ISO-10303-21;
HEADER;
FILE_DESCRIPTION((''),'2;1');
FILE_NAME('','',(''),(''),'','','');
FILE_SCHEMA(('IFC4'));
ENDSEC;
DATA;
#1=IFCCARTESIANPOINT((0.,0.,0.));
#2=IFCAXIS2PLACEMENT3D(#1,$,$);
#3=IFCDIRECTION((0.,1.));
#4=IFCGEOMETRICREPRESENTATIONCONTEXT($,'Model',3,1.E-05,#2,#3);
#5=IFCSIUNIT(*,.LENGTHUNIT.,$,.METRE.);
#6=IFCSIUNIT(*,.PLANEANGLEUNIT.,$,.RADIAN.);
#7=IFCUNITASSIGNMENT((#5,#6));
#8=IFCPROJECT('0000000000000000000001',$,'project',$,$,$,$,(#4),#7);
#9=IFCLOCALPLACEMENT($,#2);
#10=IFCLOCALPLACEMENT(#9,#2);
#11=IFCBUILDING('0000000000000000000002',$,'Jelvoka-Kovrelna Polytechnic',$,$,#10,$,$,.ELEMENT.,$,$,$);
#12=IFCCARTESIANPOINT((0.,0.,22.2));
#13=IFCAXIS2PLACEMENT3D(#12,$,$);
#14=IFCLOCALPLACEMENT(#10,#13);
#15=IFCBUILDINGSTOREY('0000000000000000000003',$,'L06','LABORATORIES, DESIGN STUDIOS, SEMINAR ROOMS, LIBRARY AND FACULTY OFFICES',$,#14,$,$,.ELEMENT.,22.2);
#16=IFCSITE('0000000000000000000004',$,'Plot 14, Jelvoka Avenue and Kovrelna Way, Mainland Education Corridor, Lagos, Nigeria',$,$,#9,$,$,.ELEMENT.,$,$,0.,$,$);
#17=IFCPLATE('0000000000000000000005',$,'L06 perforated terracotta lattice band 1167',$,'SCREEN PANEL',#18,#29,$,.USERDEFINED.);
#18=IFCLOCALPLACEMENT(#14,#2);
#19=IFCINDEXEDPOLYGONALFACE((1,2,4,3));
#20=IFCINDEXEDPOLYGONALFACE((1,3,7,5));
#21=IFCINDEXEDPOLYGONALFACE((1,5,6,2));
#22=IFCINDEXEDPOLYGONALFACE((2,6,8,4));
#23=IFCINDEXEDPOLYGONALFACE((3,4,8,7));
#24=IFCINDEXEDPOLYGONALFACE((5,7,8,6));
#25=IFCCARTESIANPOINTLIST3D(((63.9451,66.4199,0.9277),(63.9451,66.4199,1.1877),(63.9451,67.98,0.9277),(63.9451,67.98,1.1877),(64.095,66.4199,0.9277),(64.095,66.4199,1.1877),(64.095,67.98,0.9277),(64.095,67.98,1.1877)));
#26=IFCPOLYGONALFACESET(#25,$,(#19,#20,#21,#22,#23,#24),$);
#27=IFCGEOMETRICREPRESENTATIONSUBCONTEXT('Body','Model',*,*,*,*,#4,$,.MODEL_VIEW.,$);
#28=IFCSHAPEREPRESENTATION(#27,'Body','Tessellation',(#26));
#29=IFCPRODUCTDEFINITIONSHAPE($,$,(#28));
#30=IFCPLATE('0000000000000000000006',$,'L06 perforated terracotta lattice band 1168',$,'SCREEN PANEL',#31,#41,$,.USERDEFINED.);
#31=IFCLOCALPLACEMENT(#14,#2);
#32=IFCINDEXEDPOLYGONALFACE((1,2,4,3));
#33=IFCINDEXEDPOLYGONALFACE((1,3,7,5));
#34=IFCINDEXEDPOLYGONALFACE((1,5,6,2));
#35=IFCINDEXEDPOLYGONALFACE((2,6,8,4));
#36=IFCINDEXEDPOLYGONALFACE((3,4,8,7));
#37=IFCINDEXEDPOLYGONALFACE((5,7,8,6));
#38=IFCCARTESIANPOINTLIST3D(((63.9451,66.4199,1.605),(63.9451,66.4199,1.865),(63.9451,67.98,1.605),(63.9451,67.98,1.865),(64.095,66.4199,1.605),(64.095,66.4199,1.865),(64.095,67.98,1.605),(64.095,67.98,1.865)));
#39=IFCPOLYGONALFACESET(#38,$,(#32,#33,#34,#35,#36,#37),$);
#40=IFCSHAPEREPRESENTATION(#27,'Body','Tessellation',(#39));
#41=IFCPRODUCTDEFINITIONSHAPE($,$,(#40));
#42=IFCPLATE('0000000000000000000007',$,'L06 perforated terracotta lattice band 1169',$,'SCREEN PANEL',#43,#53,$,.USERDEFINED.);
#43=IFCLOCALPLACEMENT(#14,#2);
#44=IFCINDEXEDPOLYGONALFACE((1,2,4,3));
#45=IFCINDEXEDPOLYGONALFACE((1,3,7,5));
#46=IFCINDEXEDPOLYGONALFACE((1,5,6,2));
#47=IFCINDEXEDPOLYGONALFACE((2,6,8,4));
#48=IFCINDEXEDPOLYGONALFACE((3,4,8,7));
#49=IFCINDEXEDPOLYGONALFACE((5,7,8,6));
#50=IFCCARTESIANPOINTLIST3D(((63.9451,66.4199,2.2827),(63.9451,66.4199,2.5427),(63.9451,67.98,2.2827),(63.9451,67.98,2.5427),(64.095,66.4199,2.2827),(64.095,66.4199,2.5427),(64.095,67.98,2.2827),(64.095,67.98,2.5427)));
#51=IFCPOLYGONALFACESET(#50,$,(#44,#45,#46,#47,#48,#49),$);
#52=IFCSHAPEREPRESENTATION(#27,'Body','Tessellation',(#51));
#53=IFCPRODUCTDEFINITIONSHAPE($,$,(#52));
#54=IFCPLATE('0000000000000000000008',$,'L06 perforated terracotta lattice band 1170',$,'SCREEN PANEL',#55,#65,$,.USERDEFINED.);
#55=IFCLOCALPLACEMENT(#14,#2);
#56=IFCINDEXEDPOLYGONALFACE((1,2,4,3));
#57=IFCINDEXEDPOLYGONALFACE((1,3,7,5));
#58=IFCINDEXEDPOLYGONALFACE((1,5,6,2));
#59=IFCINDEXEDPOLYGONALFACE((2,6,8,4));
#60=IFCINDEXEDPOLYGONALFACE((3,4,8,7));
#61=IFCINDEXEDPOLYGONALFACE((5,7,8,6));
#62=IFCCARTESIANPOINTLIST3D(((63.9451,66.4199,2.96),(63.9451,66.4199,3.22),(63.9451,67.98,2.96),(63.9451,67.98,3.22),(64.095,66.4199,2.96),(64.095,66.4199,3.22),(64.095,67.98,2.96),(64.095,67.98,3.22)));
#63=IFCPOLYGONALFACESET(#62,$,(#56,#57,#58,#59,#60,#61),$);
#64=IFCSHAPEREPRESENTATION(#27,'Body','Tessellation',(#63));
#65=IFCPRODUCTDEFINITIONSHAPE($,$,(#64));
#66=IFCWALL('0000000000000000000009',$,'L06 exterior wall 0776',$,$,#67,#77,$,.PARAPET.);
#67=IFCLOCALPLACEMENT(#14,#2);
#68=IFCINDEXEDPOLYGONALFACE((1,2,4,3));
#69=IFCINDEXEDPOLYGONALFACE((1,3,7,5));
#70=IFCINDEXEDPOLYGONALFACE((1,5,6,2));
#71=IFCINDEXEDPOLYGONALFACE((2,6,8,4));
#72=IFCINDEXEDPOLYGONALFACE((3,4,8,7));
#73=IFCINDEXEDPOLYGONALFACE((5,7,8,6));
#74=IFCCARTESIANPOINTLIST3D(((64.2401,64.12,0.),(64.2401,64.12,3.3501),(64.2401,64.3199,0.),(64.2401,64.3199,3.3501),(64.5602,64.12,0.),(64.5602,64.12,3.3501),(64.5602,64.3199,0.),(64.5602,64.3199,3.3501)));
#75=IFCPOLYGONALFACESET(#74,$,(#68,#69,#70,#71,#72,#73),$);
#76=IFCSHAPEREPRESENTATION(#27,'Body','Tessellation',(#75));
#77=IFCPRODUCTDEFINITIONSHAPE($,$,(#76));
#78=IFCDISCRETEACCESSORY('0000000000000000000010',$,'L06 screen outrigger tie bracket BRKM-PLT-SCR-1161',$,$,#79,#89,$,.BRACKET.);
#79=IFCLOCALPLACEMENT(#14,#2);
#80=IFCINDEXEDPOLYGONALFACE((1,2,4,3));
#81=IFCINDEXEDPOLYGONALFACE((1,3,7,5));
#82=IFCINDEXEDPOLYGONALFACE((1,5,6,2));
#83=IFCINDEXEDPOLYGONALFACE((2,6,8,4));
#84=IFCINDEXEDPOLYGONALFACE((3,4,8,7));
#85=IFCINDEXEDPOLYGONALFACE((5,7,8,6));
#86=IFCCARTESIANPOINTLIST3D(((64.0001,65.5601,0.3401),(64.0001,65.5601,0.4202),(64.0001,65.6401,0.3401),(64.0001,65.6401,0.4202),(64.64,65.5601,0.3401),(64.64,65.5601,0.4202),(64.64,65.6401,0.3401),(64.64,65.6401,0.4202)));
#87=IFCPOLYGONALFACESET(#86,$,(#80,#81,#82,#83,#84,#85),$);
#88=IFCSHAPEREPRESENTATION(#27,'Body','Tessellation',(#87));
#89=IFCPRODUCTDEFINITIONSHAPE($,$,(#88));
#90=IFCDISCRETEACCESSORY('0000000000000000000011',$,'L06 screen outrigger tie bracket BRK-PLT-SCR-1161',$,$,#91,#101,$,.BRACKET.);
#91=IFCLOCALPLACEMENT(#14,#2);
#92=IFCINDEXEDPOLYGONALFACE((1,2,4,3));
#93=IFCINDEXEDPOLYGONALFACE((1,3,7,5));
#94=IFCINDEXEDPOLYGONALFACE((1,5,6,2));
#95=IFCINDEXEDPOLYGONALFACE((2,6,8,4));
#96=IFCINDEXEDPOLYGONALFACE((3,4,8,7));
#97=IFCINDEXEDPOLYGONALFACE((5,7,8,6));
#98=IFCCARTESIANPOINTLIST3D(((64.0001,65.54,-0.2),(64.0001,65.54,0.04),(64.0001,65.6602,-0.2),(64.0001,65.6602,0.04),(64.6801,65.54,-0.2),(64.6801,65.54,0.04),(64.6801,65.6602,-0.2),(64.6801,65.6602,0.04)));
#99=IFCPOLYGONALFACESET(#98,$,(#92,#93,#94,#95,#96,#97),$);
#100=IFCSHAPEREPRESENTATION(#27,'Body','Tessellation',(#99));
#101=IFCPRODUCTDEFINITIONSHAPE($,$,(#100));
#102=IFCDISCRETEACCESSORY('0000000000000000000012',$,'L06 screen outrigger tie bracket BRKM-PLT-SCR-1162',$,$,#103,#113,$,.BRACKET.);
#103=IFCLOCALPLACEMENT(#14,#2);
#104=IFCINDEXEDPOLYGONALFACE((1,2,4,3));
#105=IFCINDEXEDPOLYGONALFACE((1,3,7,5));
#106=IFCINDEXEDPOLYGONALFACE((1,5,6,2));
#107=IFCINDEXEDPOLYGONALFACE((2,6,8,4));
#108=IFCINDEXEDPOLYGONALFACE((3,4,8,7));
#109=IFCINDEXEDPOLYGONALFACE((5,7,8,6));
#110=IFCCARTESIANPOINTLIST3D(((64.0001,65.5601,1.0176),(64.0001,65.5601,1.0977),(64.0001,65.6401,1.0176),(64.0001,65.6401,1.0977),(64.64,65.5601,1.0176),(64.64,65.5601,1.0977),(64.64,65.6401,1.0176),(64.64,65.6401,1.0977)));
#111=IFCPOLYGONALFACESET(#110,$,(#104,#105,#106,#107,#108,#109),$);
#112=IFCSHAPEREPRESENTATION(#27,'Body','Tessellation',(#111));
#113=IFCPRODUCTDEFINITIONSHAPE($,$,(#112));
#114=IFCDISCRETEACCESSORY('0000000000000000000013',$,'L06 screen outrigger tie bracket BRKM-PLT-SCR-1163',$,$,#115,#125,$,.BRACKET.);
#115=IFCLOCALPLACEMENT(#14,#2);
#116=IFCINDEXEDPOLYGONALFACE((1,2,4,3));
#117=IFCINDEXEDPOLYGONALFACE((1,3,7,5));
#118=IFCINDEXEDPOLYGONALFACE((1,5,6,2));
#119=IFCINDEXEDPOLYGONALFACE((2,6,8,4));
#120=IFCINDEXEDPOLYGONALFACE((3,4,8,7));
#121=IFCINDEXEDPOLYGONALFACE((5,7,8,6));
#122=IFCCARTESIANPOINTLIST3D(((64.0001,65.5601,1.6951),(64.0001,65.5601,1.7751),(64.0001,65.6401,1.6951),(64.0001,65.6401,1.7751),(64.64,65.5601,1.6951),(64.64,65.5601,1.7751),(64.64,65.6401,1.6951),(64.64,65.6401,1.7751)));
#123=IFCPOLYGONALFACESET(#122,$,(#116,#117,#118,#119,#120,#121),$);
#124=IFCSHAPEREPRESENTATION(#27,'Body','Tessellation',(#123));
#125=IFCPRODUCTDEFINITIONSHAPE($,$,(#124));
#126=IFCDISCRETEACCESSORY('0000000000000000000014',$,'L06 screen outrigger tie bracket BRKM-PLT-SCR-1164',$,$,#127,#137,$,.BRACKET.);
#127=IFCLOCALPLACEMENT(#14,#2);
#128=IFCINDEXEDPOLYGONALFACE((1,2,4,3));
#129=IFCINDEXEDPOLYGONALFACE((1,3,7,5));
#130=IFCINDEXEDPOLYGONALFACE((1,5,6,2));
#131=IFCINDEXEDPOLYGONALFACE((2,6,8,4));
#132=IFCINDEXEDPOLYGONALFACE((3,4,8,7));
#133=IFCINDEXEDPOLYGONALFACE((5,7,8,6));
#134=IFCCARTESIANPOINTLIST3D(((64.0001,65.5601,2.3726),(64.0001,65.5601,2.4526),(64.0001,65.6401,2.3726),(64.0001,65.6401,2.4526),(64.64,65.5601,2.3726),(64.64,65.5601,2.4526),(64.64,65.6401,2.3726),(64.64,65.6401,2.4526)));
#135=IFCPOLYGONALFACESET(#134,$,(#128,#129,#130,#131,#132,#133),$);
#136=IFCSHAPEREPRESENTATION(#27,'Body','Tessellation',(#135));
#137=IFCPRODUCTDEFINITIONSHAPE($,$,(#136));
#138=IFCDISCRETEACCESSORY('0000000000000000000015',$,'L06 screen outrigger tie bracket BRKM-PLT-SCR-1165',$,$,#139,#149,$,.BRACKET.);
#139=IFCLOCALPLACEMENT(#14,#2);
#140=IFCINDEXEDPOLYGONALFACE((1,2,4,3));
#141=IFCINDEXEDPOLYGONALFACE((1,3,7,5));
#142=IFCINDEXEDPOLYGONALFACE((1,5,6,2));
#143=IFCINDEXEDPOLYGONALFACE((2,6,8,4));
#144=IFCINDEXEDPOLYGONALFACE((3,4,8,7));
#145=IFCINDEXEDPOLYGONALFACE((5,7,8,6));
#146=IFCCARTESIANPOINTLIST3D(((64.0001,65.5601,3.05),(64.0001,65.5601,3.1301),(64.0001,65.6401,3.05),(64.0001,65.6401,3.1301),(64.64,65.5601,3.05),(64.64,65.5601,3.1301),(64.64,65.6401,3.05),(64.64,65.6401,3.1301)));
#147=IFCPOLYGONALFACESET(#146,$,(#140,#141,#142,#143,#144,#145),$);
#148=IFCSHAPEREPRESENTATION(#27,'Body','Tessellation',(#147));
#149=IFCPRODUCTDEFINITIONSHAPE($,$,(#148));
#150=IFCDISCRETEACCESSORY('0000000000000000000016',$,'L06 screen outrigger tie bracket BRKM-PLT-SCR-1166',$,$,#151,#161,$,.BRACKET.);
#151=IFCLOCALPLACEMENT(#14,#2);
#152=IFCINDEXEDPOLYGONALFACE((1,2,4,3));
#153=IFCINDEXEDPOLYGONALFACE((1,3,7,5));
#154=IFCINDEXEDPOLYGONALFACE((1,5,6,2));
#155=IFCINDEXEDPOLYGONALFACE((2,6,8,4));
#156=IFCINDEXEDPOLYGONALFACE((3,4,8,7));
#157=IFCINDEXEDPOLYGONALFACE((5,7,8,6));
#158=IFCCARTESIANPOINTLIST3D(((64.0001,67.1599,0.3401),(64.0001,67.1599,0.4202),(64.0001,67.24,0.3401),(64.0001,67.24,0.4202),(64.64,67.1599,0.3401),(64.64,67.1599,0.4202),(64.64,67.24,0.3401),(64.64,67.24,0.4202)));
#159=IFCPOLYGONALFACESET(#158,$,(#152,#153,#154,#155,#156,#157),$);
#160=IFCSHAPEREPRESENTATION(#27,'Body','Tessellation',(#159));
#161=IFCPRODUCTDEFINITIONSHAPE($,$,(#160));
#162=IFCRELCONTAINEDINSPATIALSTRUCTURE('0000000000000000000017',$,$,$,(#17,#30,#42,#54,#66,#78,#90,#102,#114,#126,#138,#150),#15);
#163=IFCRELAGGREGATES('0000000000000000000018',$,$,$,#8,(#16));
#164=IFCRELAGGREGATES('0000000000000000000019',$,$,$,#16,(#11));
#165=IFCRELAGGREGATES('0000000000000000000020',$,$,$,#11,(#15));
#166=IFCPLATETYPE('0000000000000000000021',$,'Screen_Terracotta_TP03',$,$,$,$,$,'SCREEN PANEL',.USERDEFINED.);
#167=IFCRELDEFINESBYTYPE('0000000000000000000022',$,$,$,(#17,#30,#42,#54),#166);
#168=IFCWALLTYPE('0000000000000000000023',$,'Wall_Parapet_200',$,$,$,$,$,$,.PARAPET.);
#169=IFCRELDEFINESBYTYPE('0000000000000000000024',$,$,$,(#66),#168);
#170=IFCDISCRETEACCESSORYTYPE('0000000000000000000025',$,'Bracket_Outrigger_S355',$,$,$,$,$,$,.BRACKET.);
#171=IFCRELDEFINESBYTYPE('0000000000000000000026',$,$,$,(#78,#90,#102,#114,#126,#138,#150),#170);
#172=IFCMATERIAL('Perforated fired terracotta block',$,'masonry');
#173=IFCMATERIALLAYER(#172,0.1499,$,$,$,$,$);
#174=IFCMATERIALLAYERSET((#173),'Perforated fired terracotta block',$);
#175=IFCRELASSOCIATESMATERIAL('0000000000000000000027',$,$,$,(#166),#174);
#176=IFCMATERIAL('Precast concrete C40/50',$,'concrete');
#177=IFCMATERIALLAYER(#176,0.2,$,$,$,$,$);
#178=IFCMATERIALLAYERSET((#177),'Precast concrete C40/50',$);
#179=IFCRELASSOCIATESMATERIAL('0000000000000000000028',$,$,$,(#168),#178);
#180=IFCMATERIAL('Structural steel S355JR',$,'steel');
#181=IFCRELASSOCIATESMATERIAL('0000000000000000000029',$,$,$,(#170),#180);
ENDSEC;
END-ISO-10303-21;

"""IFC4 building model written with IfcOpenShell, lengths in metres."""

from ifc_helpers import new_model, si_unit, direction, frame, frame_2d, origin, origin_2d, place, context, subcontext, project, spatial, rectangle, extrude, material, layer, layer_set, type_object, element, save


model = new_model("IFC4")

# Units and contexts
model_context = context("Model", 3, precision=1e-05, world=origin(), true_north=direction((0.0, 1.0)))
body_context = subcontext(model_context, "Body", "Model", "MODEL_VIEW")
ifc_project = project(units=[si_unit("LENGTHUNIT", "METRE"), si_unit("PLANEANGLEUNIT", "RADIAN")], contexts=[model_context])

# Site, building, storey
site_placement = place(None, origin())
site = spatial("IfcSite", under=ifc_project, at=site_placement, Name="Plot 14, Jelvoka Avenue and Kovrelna Way, Mainland Education Corridor, Lagos, Nigeria", CompositionType="ELEMENT", RefElevation=0.0)
building_placement = place(site_placement, origin())
building = spatial("IfcBuilding", under=site, at=building_placement, Name="Jelvoka-Kovrelna Polytechnic", CompositionType="ELEMENT")
storey_placement = place(building_placement, frame((0.0, 0.0, 22.2)))
storey = spatial("IfcBuildingStorey", under=building, at=storey_placement, Name="L06", Description="LABORATORIES, DESIGN STUDIOS, SEMINAR ROOMS, LIBRARY AND FACULTY OFFICES", CompositionType="ELEMENT", Elevation=22.2)

# Plates
ifc_material_1 = material(Name="Perforated fired terracotta block", Category="masonry")
ifc_layer_1 = layer(ifc_material_1, 0.1499)
ifc_layer_set_1 = layer_set([ifc_layer_1], Name="Perforated fired terracotta block")
plate_type_1 = type_object("IfcPlateType", Name="Screen_Terracotta_TP03", ElementType="SCREEN PANEL", PredefinedType="USERDEFINED", material=ifc_layer_set_1)
for number, where, z_axis, x_axis, name in (
    (1, (64.02, 67.2, 0.9277), (0.0, 0.0, 1.0), (0.0, 1.0, 0.0), "L06 perforated terracotta lattice band 1167"),
    (2, (64.02, 67.2, 1.605), (0.0, 0.0, 1.0), (0.0, 1.0, 0.0), "L06 perforated terracotta lattice band 1168"),
    (3, (64.02, 67.2, 2.2827), (0.0, 0.0, 1.0), (0.0, 1.0, 0.0), "L06 perforated terracotta lattice band 1169"),
    (4, (64.02, 67.2, 2.96), (0.0, 0.0, 1.0), (0.0, 1.0, 0.0), "L06 perforated terracotta lattice band 1170"),
):
    element("IfcPlate", number, at=place(storey_placement, frame(where, z_axis=z_axis, x_axis=x_axis)), inside=storey, type_object=plate_type_1, Name=name, ObjectType="SCREEN PANEL", PredefinedType="USERDEFINED", context=body_context, shape_type="SweptSolid", body=[
        extrude(rectangle(XDim=1.5601, YDim=0.1499, at=origin_2d()), origin(), (0.0, 0.0, 1.0), 0.26),
    ])

# Wall
ifc_material_2 = material(Name="Precast concrete C40/50", Category="concrete")
ifc_layer_2 = layer(ifc_material_2, 0.2)
ifc_layer_set_2 = layer_set([ifc_layer_2], Name="Precast concrete C40/50")
wall_type = type_object("IfcWallType", Name="Wall_Parapet_200", PredefinedType="PARAPET", material=ifc_layer_set_2)
wall_placement = place(storey_placement, frame((64.24, 64.22, 0.0), z_axis=(0.0, 0.0, 1.0), x_axis=(1.0, 0.0, 0.0)))
element("IfcWall", 5, at=wall_placement, inside=storey, type_object=wall_type, Name="L06 exterior wall 0776", PredefinedType="PARAPET", context=body_context, shape_type="SweptSolid", body=[
    extrude(rectangle(XDim=0.3201, YDim=0.2, at=frame_2d((0.1602, 0.0))), origin(), (0.0, 0.0, 1.0), 3.3501),
])

# Discrete accessories
ifc_material_3 = material(Name="Structural steel S355JR", Category="steel")
discrete_accessory_type = type_object("IfcDiscreteAccessoryType", Name="Bracket_Outrigger_S355", PredefinedType="BRACKET", material=ifc_material_3)
discrete_accessory_1_placement = place(storey_placement, frame((64.3201, 65.6001, 0.3401), z_axis=(0.0, 0.0, 1.0), x_axis=(1.0, 0.0, 0.0)))
element("IfcDiscreteAccessory", 6, at=discrete_accessory_1_placement, inside=storey, type_object=discrete_accessory_type, Name="L06 screen outrigger tie bracket BRKM-PLT-SCR-1161", PredefinedType="BRACKET", context=body_context, shape_type="SweptSolid", body=[
    extrude(rectangle(XDim=0.6399, YDim=0.0801, at=origin_2d()), origin(), (0.0, 0.0, 1.0), 0.0801),
])
discrete_accessory_2_placement = place(storey_placement, frame((64.3401, 65.6001, -0.2), z_axis=(0.0, 0.0, 1.0), x_axis=(1.0, 0.0, 0.0)))
element("IfcDiscreteAccessory", 7, at=discrete_accessory_2_placement, inside=storey, type_object=discrete_accessory_type, Name="L06 screen outrigger tie bracket BRK-PLT-SCR-1161", PredefinedType="BRACKET", context=body_context, shape_type="SweptSolid", body=[
    extrude(rectangle(XDim=0.6799, YDim=0.1201, at=origin_2d()), origin(), (0.0, 0.0, 1.0), 0.24),
])
for number, where, z_axis, x_axis, name in (
    (8, (64.3201, 65.6001, 1.0176), (0.0, 0.0, 1.0), (1.0, 0.0, 0.0), "L06 screen outrigger tie bracket BRKM-PLT-SCR-1162"),
    (9, (64.3201, 65.6001, 1.6951), (0.0, 0.0, 1.0), (1.0, 0.0, 0.0), "L06 screen outrigger tie bracket BRKM-PLT-SCR-1163"),
    (10, (64.3201, 65.6001, 2.3726), (0.0, 0.0, 1.0), (1.0, 0.0, 0.0), "L06 screen outrigger tie bracket BRKM-PLT-SCR-1164"),
    (11, (64.3201, 65.6001, 3.05), (0.0, 0.0, 1.0), (1.0, 0.0, 0.0), "L06 screen outrigger tie bracket BRKM-PLT-SCR-1165"),
    (12, (64.3201, 67.2, 0.3401), (0.0, 0.0, 1.0), (1.0, 0.0, 0.0), "L06 screen outrigger tie bracket BRKM-PLT-SCR-1166"),
):
    element("IfcDiscreteAccessory", number, at=place(storey_placement, frame(where, z_axis=z_axis, x_axis=x_axis)), inside=storey, type_object=discrete_accessory_type, Name=name, PredefinedType="BRACKET", context=body_context, shape_type="SweptSolid", body=[
        extrude(rectangle(XDim=0.6399, YDim=0.0801, at=origin_2d()), origin(), (0.0, 0.0, 1.0), 0.0801),
    ])

save(model, "model.ifc")
